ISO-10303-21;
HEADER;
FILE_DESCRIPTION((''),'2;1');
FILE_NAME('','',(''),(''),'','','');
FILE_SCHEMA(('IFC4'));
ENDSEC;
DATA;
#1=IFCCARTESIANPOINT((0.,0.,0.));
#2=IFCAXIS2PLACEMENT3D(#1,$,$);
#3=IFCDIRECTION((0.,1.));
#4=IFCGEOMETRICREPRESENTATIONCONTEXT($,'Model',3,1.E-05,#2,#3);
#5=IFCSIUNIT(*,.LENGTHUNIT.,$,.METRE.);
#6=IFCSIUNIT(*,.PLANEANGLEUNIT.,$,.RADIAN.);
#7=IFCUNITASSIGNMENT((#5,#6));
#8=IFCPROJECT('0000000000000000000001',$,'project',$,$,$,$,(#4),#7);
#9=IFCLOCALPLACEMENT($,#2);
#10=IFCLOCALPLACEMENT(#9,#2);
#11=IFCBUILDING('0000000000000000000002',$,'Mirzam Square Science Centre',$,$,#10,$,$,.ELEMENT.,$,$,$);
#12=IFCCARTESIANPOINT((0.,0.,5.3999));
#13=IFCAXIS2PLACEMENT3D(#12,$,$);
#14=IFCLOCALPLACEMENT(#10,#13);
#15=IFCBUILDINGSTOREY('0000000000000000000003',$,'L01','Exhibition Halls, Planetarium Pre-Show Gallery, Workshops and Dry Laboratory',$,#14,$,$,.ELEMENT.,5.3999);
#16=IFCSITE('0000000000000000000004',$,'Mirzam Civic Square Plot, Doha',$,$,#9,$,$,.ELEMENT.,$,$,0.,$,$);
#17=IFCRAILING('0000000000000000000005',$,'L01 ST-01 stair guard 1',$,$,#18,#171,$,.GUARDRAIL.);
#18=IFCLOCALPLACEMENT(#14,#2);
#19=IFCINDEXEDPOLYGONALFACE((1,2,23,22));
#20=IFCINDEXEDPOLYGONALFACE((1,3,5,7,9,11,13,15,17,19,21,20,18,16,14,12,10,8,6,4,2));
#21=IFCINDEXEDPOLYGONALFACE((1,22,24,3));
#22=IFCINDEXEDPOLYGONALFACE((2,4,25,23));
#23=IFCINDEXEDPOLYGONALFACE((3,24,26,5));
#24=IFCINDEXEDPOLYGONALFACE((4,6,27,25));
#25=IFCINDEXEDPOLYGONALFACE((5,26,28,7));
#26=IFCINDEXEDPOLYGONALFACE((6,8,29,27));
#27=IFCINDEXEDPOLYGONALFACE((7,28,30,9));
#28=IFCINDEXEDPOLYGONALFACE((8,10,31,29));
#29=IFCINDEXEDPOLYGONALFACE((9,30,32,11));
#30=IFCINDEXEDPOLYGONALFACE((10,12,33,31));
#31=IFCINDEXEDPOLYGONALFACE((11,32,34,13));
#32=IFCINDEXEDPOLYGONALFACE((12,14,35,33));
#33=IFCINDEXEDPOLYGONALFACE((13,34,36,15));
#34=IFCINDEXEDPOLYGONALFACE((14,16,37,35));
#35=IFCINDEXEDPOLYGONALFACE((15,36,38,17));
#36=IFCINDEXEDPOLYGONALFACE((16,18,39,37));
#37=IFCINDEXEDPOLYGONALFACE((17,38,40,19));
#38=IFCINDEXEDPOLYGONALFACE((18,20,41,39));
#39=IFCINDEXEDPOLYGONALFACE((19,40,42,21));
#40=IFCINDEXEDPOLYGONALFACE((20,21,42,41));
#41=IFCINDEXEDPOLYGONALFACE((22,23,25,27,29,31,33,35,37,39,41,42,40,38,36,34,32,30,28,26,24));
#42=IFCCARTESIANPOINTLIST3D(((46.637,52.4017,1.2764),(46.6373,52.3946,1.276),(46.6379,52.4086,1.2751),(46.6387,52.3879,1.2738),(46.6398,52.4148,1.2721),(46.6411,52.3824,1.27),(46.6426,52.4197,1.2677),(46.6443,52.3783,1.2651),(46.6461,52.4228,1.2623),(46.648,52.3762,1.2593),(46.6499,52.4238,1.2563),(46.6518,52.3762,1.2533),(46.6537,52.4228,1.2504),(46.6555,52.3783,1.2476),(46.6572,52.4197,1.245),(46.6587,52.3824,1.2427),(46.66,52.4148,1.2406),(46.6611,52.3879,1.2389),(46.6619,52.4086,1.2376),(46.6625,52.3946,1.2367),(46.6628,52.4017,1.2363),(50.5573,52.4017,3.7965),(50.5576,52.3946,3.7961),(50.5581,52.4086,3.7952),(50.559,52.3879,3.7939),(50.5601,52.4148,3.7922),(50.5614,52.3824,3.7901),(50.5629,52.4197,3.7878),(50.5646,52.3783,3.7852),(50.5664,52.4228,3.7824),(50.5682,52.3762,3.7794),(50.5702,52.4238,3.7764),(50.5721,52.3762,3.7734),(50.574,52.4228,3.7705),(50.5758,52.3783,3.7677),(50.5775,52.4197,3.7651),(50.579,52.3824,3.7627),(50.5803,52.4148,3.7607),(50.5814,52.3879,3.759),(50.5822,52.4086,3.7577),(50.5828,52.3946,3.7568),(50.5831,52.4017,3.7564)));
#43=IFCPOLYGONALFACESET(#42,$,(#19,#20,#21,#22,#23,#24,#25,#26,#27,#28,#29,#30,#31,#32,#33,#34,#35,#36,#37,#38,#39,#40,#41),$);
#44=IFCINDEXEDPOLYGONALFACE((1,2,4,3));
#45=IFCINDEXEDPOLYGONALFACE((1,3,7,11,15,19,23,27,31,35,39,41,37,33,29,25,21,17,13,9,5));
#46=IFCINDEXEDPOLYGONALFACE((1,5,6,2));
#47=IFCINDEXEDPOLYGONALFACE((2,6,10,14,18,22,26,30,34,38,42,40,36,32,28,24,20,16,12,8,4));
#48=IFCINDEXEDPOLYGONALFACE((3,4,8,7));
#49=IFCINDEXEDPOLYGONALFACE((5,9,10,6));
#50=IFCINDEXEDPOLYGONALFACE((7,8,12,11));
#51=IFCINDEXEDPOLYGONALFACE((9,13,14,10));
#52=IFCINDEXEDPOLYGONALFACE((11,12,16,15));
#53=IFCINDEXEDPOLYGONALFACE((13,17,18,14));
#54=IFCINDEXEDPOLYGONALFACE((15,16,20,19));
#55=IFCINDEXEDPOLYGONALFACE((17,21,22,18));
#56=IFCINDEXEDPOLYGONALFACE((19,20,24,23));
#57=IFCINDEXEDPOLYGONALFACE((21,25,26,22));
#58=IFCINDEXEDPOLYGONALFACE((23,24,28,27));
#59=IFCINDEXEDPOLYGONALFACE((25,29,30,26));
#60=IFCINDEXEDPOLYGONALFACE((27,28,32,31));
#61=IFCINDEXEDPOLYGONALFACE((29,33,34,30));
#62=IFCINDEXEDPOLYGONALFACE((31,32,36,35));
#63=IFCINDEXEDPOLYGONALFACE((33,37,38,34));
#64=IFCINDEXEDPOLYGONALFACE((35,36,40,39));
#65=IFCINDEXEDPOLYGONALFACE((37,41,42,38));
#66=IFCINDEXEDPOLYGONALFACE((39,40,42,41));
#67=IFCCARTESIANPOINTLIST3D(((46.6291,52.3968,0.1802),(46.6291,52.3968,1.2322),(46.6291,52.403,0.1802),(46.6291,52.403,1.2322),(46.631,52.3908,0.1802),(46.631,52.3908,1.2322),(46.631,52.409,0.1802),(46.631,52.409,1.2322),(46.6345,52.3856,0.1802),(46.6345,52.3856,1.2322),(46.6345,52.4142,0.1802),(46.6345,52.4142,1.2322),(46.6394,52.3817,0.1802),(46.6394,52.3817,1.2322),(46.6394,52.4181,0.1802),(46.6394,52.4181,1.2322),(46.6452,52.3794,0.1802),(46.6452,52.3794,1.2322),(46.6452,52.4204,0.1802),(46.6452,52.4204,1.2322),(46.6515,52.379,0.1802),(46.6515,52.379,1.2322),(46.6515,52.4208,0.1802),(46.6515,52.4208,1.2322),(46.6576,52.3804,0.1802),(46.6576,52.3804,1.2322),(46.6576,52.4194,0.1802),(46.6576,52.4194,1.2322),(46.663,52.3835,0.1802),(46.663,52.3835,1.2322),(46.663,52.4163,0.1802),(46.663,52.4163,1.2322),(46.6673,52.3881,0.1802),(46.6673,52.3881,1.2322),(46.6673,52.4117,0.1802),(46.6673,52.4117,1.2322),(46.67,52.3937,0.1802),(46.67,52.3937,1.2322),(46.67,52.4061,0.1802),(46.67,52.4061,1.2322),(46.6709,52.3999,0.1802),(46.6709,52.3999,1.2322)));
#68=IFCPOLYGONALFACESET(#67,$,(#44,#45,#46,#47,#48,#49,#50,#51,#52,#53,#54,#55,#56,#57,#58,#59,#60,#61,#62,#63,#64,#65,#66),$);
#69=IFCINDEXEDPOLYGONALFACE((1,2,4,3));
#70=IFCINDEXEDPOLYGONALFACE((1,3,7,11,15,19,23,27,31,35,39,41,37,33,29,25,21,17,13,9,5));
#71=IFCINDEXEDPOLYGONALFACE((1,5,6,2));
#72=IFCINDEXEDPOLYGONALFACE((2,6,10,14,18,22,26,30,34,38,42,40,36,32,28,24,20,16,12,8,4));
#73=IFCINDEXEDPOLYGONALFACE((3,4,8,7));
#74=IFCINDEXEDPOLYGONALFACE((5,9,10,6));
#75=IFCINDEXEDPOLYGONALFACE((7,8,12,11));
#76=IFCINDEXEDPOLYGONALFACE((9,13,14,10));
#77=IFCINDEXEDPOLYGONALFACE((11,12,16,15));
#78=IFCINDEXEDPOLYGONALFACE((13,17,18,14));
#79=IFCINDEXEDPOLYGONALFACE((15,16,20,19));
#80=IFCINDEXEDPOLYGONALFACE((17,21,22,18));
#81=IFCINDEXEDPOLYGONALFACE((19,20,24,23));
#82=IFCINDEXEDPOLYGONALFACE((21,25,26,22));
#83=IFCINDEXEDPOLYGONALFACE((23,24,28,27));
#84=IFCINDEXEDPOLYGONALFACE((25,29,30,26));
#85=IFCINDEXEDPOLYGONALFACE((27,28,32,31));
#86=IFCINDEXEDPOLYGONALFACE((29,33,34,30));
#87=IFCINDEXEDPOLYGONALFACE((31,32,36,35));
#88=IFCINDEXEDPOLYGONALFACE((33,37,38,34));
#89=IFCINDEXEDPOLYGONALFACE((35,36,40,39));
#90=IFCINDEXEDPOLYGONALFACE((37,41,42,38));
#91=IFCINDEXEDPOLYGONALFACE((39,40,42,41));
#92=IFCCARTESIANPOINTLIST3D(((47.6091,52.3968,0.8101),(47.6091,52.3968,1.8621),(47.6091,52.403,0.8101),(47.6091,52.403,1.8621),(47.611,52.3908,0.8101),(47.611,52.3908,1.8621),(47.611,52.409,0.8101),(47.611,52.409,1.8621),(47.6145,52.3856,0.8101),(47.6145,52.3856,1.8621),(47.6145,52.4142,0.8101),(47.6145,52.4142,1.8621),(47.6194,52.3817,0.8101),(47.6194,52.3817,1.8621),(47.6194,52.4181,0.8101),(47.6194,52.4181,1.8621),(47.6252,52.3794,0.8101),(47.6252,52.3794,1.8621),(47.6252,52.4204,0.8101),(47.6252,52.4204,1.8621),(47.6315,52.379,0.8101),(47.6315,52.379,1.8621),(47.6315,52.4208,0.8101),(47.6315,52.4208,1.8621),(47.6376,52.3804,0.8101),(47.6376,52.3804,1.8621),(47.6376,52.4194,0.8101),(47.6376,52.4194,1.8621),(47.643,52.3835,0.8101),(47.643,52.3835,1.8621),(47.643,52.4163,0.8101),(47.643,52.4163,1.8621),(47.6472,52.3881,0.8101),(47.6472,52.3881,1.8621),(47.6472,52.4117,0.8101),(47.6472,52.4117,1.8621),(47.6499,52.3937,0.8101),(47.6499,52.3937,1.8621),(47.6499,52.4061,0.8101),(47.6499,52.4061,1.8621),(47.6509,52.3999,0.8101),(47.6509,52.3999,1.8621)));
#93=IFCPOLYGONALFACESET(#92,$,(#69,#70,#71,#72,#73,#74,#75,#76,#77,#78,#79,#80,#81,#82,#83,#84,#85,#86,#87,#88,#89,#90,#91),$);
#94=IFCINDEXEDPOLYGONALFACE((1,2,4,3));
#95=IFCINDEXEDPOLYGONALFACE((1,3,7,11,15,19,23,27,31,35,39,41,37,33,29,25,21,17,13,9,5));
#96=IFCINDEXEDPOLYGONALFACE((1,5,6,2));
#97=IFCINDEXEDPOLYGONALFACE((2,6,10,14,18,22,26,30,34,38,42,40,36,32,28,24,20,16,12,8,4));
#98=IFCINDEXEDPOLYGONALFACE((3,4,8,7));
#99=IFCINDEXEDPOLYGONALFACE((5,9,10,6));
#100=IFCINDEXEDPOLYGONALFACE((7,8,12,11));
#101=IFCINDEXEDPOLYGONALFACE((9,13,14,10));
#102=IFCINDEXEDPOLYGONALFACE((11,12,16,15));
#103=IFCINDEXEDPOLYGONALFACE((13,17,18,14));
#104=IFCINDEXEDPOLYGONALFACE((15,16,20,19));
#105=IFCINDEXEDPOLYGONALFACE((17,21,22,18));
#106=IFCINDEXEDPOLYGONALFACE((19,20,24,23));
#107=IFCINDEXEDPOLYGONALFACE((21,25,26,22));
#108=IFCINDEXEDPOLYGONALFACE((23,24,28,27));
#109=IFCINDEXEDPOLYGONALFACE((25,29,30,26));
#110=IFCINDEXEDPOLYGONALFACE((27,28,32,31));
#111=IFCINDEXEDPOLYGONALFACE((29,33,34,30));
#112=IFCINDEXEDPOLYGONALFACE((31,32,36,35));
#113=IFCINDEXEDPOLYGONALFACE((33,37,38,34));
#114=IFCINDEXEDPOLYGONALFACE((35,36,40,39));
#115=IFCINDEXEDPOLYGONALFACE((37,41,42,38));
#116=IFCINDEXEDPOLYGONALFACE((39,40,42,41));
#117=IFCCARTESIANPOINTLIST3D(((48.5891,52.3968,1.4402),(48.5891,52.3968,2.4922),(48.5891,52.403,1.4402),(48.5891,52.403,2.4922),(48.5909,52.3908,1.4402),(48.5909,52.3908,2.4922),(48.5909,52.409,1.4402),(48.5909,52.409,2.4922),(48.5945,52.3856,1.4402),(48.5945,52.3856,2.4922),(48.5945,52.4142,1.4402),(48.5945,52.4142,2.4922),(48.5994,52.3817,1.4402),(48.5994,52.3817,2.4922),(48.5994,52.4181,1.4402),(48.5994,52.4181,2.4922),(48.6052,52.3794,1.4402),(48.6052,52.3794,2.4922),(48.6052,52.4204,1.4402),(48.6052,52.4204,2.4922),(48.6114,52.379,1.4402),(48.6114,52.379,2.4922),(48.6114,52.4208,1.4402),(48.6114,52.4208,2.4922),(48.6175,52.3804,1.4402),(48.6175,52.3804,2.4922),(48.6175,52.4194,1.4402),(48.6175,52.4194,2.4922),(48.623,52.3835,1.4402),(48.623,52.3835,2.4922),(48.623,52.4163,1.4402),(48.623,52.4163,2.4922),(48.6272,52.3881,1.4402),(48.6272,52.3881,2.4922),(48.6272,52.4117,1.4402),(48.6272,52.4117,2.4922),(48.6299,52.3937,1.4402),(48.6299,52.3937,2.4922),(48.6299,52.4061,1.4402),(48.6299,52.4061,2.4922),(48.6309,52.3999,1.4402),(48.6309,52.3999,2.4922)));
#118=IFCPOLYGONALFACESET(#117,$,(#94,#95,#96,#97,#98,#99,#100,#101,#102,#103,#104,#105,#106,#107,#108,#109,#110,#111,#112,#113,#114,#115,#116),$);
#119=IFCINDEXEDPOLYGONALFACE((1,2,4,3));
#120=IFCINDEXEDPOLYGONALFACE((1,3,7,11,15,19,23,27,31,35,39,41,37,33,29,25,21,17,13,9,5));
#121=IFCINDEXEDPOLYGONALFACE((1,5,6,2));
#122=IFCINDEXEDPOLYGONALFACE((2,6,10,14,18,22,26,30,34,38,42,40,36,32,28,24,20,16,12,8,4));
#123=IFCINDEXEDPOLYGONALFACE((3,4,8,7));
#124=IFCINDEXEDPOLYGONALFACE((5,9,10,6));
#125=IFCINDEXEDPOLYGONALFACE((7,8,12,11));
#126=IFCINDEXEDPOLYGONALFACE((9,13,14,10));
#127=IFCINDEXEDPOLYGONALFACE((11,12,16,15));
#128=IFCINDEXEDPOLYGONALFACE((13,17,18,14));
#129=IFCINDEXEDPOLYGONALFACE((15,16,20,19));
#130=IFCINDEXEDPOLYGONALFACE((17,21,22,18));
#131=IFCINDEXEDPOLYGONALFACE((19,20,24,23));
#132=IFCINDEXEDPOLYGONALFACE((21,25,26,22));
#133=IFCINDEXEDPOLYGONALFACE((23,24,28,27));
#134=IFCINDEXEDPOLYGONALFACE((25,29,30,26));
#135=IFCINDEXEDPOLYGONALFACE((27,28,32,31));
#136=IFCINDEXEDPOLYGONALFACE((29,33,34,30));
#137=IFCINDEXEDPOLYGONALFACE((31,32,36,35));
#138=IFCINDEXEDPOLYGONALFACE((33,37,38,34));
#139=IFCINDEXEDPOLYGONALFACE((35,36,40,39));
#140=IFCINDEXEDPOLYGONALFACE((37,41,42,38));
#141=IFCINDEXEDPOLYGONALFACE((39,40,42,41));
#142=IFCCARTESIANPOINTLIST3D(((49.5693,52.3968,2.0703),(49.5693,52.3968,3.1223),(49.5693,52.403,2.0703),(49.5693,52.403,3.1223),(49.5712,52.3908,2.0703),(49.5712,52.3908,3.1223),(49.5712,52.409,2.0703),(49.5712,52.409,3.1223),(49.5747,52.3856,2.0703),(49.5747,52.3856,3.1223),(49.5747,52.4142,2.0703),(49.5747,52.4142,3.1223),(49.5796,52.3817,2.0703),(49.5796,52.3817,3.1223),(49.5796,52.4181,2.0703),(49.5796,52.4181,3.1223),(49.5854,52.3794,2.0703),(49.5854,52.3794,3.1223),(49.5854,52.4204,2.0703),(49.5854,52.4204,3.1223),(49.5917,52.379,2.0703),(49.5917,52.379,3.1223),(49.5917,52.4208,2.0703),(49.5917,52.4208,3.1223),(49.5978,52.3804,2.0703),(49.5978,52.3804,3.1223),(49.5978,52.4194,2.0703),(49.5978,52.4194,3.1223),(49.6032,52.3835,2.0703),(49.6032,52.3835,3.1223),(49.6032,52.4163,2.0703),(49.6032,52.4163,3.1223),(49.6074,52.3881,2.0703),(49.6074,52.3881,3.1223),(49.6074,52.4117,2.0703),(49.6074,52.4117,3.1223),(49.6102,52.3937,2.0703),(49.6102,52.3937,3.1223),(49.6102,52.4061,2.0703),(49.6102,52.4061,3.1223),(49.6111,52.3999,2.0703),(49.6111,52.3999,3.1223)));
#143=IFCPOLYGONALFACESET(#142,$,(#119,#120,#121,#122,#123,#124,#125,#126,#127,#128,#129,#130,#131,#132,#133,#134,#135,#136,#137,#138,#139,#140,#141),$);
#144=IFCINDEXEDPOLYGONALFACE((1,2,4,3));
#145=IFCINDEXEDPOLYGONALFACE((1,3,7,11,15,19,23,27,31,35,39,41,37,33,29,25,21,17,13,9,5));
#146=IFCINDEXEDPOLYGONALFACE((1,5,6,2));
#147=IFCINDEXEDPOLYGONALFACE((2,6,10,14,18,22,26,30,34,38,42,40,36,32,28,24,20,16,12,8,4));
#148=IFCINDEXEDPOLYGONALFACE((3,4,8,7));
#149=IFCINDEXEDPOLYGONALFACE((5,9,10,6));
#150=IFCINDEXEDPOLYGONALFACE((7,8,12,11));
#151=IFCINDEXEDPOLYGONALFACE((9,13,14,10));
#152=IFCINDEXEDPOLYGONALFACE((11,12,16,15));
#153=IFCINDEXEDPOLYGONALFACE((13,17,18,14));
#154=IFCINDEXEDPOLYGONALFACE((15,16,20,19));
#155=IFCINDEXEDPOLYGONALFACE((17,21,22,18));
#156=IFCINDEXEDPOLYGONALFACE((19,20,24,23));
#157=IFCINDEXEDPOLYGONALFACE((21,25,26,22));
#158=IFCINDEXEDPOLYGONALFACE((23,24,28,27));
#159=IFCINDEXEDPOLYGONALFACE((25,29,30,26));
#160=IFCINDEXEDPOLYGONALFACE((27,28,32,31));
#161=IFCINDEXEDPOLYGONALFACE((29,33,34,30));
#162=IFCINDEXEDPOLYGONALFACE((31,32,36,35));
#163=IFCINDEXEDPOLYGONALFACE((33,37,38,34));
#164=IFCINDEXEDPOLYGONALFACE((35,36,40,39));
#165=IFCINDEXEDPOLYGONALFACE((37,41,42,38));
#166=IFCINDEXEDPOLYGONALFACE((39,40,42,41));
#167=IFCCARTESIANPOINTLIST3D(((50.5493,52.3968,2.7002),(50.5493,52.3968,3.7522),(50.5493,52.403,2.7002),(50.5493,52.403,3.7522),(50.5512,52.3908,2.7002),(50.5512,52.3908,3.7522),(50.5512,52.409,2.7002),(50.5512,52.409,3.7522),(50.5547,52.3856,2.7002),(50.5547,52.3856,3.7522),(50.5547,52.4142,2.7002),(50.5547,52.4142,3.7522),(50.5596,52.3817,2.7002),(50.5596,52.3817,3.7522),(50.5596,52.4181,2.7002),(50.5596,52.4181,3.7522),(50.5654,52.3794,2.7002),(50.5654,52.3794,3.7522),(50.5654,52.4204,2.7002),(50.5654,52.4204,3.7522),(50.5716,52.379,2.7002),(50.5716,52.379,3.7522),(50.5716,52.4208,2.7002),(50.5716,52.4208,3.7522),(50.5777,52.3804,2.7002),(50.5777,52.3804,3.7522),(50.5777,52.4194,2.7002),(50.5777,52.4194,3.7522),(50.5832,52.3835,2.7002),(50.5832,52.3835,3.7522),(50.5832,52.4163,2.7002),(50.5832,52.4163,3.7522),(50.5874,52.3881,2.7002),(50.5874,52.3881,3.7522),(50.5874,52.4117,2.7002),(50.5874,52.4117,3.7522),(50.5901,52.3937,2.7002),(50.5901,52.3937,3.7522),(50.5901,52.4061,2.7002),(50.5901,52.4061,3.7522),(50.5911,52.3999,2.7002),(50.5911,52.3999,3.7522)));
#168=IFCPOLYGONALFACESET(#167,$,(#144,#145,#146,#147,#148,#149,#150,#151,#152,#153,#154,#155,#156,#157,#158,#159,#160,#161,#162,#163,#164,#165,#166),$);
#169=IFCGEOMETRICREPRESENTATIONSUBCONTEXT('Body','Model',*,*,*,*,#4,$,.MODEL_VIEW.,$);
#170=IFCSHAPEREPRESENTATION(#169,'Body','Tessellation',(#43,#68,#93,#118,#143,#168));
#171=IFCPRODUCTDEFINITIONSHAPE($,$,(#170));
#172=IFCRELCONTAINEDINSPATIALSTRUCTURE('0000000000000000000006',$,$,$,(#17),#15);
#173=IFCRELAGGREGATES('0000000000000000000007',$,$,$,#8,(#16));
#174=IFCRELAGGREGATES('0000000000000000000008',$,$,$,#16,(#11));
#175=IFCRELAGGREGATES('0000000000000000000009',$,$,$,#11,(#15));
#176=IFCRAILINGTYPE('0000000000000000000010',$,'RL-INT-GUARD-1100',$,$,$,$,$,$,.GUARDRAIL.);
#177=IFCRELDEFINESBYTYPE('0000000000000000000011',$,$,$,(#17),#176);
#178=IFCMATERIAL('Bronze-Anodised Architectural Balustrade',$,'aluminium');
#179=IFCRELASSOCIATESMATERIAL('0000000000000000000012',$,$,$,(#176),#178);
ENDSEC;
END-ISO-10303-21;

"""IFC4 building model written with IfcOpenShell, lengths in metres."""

from ifc_helpers import new_model, si_unit, direction, frame, origin, origin_2d, place, context, subcontext, project, spatial, circle, extrude, material, type_object, element, save


model = new_model("IFC4")

# Units and contexts
model_context = context("Model", 3, precision=1e-05, world=origin(), true_north=direction((0.0, 1.0)))
body_context = subcontext(model_context, "Body", "Model", "MODEL_VIEW")
ifc_project = project(units=[si_unit("LENGTHUNIT", "METRE"), si_unit("PLANEANGLEUNIT", "RADIAN")], contexts=[model_context])

# Site, building, storey
site_placement = place(None, origin())
site = spatial("IfcSite", under=ifc_project, at=site_placement, Name="Mirzam Civic Square Plot, Doha", CompositionType="ELEMENT", RefElevation=0.0)
building_placement = place(site_placement, origin())
building = spatial("IfcBuilding", under=site, at=building_placement, Name="Mirzam Square Science Centre", CompositionType="ELEMENT")
storey_placement = place(building_placement, frame((0.0, 0.0, 5.3999)))
storey = spatial("IfcBuildingStorey", under=building, at=storey_placement, Name="L01", Description="Exhibition Halls, Planetarium Pre-Show Gallery, Workshops and Dry Laboratory", CompositionType="ELEMENT", Elevation=5.3999)

# Railing
ifc_material_1 = material(Name="Bronze-Anodised Architectural Balustrade", Category="aluminium")
railing_type_1 = type_object("IfcRailingType", Name="RL-INT-GUARD-1100", PredefinedType="GUARDRAIL", material=ifc_material_1)
railing_1_placement = place(storey_placement, frame((46.6499, 52.3999, 0.1802)))
element("IfcRailing", 1, at=railing_1_placement, inside=storey, type_object=railing_type_1, Name="L01 ST-01 stair guard 1", PredefinedType="GUARDRAIL", context=body_context, shape_type="SweptSolid", body=[
    extrude(circle(Radius=0.0239, at=origin_2d()), frame((0.0, 0.0, 1.0762), z_axis=(0.841187, 0.0, 0.540744), x_axis=(0.0, 1.0, 0.0)), (0.0, 0.0, 1.0), 4.6604),
    extrude(circle(Radius=0.021, at=origin_2d()), origin(), (0.0, 0.0, 1.0), 1.052),
    extrude(circle(Radius=0.021, at=origin_2d()), frame((0.98, 0.0, 0.6299)), (0.0, 0.0, 1.0), 1.052),
    extrude(circle(Radius=0.021, at=origin_2d()), frame((1.96, 0.0, 1.26)), (0.0, 0.0, 1.0), 1.052),
    extrude(circle(Radius=0.021, at=origin_2d()), frame((2.9402, 0.0, 1.8901)), (0.0, 0.0, 1.0), 1.052),
    extrude(circle(Radius=0.021, at=origin_2d()), frame((3.9202, 0.0, 2.52)), (0.0, 0.0, 1.0), 1.052),
])

save(model, "model.ifc")
